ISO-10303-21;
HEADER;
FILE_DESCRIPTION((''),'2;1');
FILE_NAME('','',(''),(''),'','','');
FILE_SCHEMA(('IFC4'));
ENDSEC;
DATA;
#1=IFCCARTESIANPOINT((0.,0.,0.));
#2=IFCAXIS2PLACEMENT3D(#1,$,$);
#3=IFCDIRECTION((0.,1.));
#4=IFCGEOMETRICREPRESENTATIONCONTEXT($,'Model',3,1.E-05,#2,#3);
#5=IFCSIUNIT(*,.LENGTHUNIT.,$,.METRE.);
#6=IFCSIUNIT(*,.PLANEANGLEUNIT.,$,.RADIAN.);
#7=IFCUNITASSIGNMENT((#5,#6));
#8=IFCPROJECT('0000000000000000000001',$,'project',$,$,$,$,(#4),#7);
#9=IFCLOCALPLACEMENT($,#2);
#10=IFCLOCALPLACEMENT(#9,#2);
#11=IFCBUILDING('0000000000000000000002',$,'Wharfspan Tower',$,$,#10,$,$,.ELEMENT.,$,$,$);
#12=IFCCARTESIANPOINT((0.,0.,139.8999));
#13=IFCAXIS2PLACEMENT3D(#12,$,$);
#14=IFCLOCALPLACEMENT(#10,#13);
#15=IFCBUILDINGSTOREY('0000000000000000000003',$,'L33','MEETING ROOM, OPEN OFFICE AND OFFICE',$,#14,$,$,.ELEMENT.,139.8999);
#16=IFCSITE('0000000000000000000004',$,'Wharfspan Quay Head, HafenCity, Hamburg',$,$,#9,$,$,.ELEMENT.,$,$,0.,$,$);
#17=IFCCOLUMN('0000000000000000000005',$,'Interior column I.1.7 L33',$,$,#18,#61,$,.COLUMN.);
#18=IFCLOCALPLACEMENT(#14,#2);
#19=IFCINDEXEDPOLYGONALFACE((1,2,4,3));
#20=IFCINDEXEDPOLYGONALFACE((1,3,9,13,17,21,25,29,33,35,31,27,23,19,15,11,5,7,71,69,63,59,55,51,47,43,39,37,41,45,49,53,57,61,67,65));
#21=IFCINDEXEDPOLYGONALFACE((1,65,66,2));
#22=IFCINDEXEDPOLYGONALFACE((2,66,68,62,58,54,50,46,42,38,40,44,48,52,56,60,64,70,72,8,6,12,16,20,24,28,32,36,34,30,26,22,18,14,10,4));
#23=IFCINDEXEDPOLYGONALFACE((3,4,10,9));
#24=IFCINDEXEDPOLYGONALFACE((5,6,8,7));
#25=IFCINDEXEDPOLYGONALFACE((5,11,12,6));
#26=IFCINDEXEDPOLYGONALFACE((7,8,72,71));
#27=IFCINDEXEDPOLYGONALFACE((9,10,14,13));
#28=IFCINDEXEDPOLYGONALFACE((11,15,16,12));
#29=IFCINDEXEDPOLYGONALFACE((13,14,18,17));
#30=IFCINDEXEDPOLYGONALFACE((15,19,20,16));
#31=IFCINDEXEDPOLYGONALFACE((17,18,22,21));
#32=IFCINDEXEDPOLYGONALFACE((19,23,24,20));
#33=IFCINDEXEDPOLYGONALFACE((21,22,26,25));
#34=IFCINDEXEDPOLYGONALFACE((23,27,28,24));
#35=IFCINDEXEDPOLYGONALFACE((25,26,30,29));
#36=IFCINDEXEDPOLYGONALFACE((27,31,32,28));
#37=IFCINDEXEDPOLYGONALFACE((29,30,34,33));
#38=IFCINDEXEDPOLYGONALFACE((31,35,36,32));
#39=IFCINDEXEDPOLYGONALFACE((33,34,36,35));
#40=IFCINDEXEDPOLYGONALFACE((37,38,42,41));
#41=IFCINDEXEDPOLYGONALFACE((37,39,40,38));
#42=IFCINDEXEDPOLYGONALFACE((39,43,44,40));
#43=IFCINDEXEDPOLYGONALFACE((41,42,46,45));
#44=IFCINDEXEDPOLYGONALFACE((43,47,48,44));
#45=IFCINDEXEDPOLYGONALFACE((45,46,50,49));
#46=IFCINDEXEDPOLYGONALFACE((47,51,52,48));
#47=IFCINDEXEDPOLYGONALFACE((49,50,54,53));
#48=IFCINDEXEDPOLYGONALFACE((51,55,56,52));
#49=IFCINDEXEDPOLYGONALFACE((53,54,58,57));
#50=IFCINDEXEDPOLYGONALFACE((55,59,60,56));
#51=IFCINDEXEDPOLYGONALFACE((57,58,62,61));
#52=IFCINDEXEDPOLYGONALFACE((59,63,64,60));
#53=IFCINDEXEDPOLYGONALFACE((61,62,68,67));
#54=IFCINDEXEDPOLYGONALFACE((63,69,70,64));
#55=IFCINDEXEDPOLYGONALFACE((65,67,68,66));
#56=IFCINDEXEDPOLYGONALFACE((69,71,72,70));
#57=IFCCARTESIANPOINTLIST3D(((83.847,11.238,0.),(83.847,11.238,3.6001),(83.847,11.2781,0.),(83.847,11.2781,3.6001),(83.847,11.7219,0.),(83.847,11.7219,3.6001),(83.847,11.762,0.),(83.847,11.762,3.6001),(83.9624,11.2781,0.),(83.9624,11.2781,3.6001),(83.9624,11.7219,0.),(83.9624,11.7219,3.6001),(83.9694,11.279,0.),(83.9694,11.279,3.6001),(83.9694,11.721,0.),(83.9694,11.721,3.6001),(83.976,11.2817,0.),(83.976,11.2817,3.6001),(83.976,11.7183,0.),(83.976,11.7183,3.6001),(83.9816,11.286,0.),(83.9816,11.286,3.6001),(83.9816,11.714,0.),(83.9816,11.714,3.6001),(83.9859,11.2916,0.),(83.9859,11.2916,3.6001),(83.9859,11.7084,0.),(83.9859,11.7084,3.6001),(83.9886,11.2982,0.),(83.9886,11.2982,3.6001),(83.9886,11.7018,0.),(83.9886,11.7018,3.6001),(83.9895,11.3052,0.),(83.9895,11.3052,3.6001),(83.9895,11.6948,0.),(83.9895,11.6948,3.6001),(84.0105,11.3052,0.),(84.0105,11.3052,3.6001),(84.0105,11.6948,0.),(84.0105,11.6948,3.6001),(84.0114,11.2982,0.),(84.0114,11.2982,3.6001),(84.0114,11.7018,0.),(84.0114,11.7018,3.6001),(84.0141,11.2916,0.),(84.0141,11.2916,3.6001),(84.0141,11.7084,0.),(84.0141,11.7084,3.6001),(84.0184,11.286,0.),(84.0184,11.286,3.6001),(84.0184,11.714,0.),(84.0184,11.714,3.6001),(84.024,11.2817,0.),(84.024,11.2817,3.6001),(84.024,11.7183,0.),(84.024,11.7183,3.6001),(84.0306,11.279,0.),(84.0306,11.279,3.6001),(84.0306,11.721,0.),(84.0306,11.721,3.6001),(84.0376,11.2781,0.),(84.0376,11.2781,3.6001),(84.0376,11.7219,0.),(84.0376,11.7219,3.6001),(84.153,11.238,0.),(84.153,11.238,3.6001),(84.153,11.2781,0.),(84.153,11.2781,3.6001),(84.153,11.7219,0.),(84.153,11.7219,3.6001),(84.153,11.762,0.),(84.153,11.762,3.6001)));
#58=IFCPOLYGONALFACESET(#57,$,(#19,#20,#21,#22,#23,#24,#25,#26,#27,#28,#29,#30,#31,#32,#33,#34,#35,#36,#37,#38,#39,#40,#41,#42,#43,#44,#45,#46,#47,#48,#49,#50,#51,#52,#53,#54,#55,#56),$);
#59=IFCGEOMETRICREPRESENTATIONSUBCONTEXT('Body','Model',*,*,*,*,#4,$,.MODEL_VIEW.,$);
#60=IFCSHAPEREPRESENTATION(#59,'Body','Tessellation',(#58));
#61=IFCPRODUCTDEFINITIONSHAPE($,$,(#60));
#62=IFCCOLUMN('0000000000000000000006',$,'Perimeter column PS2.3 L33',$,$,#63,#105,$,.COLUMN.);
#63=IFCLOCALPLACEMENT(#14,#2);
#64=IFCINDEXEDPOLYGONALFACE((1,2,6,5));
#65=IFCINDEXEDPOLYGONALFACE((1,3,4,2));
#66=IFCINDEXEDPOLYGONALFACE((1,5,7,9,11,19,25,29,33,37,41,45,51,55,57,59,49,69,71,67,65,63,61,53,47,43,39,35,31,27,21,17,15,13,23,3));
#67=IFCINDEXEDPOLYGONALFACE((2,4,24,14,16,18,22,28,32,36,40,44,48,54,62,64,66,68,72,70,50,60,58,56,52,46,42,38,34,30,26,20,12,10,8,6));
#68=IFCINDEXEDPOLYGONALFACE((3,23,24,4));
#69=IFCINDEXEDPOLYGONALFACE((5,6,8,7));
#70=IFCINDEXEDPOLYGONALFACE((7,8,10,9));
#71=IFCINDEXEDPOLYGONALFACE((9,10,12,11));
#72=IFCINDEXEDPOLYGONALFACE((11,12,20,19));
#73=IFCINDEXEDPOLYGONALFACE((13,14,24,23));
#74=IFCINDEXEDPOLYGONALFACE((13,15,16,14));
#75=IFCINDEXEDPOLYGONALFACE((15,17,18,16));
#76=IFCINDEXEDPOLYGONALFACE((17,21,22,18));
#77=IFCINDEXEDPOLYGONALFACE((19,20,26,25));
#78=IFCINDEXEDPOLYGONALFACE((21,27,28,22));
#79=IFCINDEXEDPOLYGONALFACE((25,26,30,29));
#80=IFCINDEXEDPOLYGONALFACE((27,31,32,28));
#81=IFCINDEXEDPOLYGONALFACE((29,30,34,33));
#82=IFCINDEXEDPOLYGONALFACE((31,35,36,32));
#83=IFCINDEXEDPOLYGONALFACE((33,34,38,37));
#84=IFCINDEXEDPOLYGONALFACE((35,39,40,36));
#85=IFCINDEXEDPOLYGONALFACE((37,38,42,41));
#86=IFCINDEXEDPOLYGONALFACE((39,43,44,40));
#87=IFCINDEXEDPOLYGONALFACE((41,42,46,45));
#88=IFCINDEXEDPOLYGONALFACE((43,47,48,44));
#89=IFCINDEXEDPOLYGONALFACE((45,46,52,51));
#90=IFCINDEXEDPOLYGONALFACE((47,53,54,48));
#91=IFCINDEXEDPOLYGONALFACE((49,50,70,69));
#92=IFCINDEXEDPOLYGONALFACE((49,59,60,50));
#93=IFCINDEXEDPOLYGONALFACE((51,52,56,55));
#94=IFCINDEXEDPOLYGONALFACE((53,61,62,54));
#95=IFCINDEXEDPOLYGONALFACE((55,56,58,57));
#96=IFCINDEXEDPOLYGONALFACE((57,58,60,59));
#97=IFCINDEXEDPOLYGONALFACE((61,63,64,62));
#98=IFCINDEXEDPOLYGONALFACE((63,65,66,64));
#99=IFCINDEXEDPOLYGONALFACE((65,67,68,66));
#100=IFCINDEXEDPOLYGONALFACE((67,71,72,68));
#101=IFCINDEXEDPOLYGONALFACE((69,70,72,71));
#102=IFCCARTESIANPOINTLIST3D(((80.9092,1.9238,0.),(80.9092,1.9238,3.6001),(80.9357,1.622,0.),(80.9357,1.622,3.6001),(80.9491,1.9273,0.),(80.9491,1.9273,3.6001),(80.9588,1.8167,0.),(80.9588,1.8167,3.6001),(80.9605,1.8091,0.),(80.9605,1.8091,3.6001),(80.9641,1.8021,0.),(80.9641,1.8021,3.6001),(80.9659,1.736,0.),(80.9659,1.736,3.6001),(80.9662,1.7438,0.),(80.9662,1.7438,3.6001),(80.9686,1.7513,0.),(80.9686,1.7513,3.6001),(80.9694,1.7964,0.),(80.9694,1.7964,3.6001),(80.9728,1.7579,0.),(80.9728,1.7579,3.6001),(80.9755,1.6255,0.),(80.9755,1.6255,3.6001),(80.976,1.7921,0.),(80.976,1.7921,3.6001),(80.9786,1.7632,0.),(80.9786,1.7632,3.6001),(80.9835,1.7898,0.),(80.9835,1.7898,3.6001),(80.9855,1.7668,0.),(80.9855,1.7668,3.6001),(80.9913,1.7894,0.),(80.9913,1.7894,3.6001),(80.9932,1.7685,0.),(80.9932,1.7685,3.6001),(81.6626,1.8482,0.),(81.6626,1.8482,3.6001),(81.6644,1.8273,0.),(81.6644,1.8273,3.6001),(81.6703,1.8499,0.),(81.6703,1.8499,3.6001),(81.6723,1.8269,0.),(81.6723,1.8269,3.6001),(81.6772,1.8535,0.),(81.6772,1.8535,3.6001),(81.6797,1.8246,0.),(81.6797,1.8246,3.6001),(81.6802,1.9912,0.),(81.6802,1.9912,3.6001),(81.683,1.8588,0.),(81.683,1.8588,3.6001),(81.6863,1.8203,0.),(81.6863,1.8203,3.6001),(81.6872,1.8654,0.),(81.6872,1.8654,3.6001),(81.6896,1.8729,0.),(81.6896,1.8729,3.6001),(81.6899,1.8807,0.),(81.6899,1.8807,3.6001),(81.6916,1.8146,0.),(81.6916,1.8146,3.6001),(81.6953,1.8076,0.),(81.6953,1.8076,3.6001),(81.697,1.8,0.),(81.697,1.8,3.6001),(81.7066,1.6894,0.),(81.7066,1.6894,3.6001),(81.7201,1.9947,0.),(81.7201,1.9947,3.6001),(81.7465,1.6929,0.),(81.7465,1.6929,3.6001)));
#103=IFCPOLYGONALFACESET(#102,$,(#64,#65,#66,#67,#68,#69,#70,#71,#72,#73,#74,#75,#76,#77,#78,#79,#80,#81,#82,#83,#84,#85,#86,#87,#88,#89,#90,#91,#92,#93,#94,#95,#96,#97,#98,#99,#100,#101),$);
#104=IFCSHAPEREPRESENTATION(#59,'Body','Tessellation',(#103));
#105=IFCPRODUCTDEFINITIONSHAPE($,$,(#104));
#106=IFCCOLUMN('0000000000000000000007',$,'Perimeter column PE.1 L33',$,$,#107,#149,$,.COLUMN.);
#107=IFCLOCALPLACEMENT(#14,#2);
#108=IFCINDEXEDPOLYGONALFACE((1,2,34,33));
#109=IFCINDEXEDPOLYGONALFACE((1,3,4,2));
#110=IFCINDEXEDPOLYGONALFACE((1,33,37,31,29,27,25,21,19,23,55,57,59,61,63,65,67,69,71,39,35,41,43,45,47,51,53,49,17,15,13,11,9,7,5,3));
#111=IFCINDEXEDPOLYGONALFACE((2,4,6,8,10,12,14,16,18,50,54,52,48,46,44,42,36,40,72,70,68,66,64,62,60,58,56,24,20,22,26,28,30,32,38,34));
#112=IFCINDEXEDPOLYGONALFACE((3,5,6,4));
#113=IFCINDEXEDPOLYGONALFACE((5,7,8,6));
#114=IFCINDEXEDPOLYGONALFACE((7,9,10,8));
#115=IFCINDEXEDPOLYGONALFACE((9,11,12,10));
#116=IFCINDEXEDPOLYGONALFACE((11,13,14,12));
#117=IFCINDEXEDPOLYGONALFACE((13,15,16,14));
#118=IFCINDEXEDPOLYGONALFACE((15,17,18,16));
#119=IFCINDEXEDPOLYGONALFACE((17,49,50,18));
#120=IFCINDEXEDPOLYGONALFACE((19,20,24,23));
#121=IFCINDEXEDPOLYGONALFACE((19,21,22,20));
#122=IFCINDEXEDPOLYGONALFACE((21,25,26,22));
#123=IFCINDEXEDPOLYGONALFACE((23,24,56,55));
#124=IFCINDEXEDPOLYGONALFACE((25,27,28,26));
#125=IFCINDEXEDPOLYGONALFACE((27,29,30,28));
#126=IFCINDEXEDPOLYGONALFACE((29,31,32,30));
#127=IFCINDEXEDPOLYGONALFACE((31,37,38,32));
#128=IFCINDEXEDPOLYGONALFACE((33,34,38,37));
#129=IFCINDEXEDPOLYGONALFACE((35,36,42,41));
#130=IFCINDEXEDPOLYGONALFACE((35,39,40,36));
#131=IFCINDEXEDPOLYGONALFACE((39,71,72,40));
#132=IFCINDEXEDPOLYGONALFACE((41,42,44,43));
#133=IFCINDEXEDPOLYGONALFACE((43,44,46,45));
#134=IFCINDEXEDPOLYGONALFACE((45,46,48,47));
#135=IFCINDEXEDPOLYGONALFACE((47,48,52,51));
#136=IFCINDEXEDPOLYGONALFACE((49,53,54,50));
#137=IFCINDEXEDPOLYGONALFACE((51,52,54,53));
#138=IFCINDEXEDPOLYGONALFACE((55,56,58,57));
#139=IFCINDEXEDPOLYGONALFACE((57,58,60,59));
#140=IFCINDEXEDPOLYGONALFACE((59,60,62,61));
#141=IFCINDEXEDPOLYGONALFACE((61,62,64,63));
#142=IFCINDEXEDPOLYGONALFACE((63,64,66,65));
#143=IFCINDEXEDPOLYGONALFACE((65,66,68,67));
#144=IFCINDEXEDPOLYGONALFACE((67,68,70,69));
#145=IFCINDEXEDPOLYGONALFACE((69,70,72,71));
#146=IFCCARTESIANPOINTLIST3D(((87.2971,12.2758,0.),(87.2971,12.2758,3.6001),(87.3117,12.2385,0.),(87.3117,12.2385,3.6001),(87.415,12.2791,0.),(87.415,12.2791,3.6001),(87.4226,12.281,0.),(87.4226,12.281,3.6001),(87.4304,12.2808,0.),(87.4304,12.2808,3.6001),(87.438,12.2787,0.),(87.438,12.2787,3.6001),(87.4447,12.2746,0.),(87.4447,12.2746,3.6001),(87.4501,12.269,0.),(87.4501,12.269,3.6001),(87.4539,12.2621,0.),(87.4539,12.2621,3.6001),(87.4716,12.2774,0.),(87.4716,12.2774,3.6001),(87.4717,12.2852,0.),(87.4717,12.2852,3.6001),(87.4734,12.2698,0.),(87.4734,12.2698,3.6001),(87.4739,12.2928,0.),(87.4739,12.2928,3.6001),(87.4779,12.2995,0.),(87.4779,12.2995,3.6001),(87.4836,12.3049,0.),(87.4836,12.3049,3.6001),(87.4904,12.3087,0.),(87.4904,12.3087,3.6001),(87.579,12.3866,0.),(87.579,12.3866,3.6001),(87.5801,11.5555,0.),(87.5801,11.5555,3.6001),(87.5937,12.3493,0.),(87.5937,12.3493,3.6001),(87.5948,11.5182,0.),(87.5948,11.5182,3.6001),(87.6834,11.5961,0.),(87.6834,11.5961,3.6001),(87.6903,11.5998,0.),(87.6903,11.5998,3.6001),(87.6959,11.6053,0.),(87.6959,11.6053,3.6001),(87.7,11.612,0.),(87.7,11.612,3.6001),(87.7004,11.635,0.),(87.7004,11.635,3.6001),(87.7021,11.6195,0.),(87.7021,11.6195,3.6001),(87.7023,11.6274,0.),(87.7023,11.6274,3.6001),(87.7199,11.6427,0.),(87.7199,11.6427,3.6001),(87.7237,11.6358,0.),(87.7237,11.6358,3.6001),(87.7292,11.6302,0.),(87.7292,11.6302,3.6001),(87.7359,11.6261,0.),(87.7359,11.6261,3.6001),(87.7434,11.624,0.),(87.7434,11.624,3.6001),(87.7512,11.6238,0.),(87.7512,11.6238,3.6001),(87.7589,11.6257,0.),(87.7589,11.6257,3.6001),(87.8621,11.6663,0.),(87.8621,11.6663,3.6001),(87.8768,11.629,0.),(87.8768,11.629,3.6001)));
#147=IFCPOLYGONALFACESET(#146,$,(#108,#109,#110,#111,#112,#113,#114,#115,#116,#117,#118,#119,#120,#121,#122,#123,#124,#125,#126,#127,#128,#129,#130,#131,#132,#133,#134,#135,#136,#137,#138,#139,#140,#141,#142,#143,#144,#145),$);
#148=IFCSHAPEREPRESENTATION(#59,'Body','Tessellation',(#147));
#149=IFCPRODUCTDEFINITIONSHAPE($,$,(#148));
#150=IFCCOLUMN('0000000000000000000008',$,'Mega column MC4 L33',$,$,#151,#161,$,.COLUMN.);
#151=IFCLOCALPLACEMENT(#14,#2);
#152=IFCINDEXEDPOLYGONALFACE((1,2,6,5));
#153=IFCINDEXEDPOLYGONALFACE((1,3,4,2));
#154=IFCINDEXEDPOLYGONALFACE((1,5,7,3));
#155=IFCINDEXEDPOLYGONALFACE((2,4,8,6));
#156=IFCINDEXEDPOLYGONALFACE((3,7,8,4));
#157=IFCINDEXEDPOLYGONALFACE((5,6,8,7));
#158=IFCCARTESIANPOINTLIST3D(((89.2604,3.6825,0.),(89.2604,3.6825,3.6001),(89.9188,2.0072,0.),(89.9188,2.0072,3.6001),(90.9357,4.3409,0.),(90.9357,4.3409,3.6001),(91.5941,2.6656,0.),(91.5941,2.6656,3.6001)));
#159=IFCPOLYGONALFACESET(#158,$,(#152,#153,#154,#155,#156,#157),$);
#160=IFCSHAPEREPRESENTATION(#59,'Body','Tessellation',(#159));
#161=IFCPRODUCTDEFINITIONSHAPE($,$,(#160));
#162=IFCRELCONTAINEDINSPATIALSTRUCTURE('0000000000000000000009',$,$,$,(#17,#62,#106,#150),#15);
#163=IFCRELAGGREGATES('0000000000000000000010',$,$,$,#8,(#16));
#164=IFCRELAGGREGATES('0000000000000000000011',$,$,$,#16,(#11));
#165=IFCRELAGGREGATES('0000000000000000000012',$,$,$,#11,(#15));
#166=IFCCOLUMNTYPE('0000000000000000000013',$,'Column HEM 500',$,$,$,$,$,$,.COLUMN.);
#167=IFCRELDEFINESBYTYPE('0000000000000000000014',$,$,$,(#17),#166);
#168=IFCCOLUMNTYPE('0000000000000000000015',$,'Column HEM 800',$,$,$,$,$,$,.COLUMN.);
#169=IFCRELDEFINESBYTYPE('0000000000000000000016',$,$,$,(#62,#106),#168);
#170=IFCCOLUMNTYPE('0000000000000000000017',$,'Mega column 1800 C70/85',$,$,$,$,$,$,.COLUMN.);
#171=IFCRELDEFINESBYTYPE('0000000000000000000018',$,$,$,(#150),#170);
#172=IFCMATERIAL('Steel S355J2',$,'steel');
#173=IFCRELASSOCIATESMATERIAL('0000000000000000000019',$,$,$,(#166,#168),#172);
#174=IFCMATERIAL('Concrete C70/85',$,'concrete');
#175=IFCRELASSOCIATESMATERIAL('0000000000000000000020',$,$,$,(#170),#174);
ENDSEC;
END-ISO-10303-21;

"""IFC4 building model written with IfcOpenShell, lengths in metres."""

from ifc_helpers import new_model, si_unit, direction, frame, origin, origin_2d, place, context, subcontext, project, spatial, rectangle, i_section, extrude, material, material_profile, profile_set, type_object, element, save


model = new_model("IFC4")

# Units and contexts
model_context = context("Model", 3, precision=1e-05, world=origin(), true_north=direction((0.0, 1.0)))
body_context = subcontext(model_context, "Body", "Model", "MODEL_VIEW")
ifc_project = project(units=[si_unit("LENGTHUNIT", "METRE"), si_unit("PLANEANGLEUNIT", "RADIAN")], contexts=[model_context])

# Site, building, storey
site_placement = place(None, origin())
site = spatial("IfcSite", under=ifc_project, at=site_placement, Name="Wharfspan Quay Head, HafenCity, Hamburg", CompositionType="ELEMENT", RefElevation=0.0)
building_placement = place(site_placement, origin())
building = spatial("IfcBuilding", under=site, at=building_placement, Name="Wharfspan Tower", CompositionType="ELEMENT")
storey_placement = place(building_placement, frame((0.0, 0.0, 139.8999)))
storey = spatial("IfcBuildingStorey", under=building, at=storey_placement, Name="L33", Description="MEETING ROOM, OPEN OFFICE AND OFFICE", CompositionType="ELEMENT", Elevation=139.8999)

# Columns
ifc_material_1 = material(Name="Steel S355J2", Category="steel")
ifc_material_profile_1 = material_profile(ifc_material_1, i_section(OverallWidth=0.3059, OverallDepth=0.5239, WebThickness=0.021, FlangeThickness=0.04, FilletRadius=0.0271, at=origin_2d()))
ifc_profile_set_1 = profile_set([ifc_material_profile_1], Name="Steel S355J2")
column_type_1 = type_object("IfcColumnType", Name="Column HEM 500", PredefinedType="COLUMN", material=ifc_profile_set_1)
column_1_placement = place(storey_placement, frame((84.0, 11.5, 0.0), z_axis=(0.0, 0.0, 1.0), x_axis=(1.0, 0.0, 0.0)))
element("IfcColumn", 1, at=column_1_placement, inside=storey, type_object=column_type_1, Name="Interior column I.1.7 L33", PredefinedType="COLUMN", context=body_context, shape_type="SweptSolid", body=[
    extrude(i_section(OverallWidth=0.3059, OverallDepth=0.5239, WebThickness=0.021, FlangeThickness=0.04, FilletRadius=0.0271, at=origin_2d()), origin(), (0.0, 0.0, 1.0), 3.6001),
])
ifc_material_profile_2 = material_profile(ifc_material_1, i_section(OverallWidth=0.303, OverallDepth=0.814, WebThickness=0.021, FlangeThickness=0.04, FilletRadius=0.03, at=origin_2d()))
ifc_profile_set_2 = profile_set([ifc_material_profile_2], Name="Steel S355J2")
column_type_2 = type_object("IfcColumnType", Name="Column HEM 800", PredefinedType="COLUMN", material=ifc_profile_set_2)
for number, where, z_axis, x_axis, name in (
    (2, (81.3279, 1.8083, 0.0), (0.0, 0.0, 1.0), (0.087156, -0.996198, 0.0), "Perimeter column PS2.3 L33"),
    (3, (87.5869, 11.9524, 0.0), (0.0, 0.0, 1.0), (0.930702, 0.365778, 0.0), "Perimeter column PE.1 L33"),
):
    element("IfcColumn", number, at=place(storey_placement, frame(where, z_axis=z_axis, x_axis=x_axis)), inside=storey, type_object=column_type_2, Name=name, PredefinedType="COLUMN", context=body_context, shape_type="SweptSolid", body=[
        extrude(i_section(OverallWidth=0.303, OverallDepth=0.814, WebThickness=0.021, FlangeThickness=0.04, FilletRadius=0.03, at=origin_2d()), origin(), (0.0, 0.0, 1.0), 3.6001),
    ])
ifc_material_2 = material(Name="Concrete C70/85", Category="concrete")
ifc_material_profile_3 = material_profile(ifc_material_2, rectangle(XDim=1.8, YDim=1.8, at=origin_2d()))
ifc_profile_set_3 = profile_set([ifc_material_profile_3], Name="Concrete C70/85")
column_type_3 = type_object("IfcColumnType", Name="Mega column 1800 C70/85", PredefinedType="COLUMN", material=ifc_profile_set_3)
column_2_placement = place(storey_placement, frame((90.4272, 3.1741, 0.0), z_axis=(0.0, 0.0, 1.0), x_axis=(-0.365778, 0.930702, 0.0)))
element("IfcColumn", 4, at=column_2_placement, inside=storey, type_object=column_type_3, Name="Mega column MC4 L33", PredefinedType="COLUMN", context=body_context, shape_type="SweptSolid", body=[
    extrude(rectangle(XDim=1.8, YDim=1.8, at=origin_2d()), origin(), (0.0, 0.0, 1.0), 3.6001),
])

save(model, "model.ifc")
